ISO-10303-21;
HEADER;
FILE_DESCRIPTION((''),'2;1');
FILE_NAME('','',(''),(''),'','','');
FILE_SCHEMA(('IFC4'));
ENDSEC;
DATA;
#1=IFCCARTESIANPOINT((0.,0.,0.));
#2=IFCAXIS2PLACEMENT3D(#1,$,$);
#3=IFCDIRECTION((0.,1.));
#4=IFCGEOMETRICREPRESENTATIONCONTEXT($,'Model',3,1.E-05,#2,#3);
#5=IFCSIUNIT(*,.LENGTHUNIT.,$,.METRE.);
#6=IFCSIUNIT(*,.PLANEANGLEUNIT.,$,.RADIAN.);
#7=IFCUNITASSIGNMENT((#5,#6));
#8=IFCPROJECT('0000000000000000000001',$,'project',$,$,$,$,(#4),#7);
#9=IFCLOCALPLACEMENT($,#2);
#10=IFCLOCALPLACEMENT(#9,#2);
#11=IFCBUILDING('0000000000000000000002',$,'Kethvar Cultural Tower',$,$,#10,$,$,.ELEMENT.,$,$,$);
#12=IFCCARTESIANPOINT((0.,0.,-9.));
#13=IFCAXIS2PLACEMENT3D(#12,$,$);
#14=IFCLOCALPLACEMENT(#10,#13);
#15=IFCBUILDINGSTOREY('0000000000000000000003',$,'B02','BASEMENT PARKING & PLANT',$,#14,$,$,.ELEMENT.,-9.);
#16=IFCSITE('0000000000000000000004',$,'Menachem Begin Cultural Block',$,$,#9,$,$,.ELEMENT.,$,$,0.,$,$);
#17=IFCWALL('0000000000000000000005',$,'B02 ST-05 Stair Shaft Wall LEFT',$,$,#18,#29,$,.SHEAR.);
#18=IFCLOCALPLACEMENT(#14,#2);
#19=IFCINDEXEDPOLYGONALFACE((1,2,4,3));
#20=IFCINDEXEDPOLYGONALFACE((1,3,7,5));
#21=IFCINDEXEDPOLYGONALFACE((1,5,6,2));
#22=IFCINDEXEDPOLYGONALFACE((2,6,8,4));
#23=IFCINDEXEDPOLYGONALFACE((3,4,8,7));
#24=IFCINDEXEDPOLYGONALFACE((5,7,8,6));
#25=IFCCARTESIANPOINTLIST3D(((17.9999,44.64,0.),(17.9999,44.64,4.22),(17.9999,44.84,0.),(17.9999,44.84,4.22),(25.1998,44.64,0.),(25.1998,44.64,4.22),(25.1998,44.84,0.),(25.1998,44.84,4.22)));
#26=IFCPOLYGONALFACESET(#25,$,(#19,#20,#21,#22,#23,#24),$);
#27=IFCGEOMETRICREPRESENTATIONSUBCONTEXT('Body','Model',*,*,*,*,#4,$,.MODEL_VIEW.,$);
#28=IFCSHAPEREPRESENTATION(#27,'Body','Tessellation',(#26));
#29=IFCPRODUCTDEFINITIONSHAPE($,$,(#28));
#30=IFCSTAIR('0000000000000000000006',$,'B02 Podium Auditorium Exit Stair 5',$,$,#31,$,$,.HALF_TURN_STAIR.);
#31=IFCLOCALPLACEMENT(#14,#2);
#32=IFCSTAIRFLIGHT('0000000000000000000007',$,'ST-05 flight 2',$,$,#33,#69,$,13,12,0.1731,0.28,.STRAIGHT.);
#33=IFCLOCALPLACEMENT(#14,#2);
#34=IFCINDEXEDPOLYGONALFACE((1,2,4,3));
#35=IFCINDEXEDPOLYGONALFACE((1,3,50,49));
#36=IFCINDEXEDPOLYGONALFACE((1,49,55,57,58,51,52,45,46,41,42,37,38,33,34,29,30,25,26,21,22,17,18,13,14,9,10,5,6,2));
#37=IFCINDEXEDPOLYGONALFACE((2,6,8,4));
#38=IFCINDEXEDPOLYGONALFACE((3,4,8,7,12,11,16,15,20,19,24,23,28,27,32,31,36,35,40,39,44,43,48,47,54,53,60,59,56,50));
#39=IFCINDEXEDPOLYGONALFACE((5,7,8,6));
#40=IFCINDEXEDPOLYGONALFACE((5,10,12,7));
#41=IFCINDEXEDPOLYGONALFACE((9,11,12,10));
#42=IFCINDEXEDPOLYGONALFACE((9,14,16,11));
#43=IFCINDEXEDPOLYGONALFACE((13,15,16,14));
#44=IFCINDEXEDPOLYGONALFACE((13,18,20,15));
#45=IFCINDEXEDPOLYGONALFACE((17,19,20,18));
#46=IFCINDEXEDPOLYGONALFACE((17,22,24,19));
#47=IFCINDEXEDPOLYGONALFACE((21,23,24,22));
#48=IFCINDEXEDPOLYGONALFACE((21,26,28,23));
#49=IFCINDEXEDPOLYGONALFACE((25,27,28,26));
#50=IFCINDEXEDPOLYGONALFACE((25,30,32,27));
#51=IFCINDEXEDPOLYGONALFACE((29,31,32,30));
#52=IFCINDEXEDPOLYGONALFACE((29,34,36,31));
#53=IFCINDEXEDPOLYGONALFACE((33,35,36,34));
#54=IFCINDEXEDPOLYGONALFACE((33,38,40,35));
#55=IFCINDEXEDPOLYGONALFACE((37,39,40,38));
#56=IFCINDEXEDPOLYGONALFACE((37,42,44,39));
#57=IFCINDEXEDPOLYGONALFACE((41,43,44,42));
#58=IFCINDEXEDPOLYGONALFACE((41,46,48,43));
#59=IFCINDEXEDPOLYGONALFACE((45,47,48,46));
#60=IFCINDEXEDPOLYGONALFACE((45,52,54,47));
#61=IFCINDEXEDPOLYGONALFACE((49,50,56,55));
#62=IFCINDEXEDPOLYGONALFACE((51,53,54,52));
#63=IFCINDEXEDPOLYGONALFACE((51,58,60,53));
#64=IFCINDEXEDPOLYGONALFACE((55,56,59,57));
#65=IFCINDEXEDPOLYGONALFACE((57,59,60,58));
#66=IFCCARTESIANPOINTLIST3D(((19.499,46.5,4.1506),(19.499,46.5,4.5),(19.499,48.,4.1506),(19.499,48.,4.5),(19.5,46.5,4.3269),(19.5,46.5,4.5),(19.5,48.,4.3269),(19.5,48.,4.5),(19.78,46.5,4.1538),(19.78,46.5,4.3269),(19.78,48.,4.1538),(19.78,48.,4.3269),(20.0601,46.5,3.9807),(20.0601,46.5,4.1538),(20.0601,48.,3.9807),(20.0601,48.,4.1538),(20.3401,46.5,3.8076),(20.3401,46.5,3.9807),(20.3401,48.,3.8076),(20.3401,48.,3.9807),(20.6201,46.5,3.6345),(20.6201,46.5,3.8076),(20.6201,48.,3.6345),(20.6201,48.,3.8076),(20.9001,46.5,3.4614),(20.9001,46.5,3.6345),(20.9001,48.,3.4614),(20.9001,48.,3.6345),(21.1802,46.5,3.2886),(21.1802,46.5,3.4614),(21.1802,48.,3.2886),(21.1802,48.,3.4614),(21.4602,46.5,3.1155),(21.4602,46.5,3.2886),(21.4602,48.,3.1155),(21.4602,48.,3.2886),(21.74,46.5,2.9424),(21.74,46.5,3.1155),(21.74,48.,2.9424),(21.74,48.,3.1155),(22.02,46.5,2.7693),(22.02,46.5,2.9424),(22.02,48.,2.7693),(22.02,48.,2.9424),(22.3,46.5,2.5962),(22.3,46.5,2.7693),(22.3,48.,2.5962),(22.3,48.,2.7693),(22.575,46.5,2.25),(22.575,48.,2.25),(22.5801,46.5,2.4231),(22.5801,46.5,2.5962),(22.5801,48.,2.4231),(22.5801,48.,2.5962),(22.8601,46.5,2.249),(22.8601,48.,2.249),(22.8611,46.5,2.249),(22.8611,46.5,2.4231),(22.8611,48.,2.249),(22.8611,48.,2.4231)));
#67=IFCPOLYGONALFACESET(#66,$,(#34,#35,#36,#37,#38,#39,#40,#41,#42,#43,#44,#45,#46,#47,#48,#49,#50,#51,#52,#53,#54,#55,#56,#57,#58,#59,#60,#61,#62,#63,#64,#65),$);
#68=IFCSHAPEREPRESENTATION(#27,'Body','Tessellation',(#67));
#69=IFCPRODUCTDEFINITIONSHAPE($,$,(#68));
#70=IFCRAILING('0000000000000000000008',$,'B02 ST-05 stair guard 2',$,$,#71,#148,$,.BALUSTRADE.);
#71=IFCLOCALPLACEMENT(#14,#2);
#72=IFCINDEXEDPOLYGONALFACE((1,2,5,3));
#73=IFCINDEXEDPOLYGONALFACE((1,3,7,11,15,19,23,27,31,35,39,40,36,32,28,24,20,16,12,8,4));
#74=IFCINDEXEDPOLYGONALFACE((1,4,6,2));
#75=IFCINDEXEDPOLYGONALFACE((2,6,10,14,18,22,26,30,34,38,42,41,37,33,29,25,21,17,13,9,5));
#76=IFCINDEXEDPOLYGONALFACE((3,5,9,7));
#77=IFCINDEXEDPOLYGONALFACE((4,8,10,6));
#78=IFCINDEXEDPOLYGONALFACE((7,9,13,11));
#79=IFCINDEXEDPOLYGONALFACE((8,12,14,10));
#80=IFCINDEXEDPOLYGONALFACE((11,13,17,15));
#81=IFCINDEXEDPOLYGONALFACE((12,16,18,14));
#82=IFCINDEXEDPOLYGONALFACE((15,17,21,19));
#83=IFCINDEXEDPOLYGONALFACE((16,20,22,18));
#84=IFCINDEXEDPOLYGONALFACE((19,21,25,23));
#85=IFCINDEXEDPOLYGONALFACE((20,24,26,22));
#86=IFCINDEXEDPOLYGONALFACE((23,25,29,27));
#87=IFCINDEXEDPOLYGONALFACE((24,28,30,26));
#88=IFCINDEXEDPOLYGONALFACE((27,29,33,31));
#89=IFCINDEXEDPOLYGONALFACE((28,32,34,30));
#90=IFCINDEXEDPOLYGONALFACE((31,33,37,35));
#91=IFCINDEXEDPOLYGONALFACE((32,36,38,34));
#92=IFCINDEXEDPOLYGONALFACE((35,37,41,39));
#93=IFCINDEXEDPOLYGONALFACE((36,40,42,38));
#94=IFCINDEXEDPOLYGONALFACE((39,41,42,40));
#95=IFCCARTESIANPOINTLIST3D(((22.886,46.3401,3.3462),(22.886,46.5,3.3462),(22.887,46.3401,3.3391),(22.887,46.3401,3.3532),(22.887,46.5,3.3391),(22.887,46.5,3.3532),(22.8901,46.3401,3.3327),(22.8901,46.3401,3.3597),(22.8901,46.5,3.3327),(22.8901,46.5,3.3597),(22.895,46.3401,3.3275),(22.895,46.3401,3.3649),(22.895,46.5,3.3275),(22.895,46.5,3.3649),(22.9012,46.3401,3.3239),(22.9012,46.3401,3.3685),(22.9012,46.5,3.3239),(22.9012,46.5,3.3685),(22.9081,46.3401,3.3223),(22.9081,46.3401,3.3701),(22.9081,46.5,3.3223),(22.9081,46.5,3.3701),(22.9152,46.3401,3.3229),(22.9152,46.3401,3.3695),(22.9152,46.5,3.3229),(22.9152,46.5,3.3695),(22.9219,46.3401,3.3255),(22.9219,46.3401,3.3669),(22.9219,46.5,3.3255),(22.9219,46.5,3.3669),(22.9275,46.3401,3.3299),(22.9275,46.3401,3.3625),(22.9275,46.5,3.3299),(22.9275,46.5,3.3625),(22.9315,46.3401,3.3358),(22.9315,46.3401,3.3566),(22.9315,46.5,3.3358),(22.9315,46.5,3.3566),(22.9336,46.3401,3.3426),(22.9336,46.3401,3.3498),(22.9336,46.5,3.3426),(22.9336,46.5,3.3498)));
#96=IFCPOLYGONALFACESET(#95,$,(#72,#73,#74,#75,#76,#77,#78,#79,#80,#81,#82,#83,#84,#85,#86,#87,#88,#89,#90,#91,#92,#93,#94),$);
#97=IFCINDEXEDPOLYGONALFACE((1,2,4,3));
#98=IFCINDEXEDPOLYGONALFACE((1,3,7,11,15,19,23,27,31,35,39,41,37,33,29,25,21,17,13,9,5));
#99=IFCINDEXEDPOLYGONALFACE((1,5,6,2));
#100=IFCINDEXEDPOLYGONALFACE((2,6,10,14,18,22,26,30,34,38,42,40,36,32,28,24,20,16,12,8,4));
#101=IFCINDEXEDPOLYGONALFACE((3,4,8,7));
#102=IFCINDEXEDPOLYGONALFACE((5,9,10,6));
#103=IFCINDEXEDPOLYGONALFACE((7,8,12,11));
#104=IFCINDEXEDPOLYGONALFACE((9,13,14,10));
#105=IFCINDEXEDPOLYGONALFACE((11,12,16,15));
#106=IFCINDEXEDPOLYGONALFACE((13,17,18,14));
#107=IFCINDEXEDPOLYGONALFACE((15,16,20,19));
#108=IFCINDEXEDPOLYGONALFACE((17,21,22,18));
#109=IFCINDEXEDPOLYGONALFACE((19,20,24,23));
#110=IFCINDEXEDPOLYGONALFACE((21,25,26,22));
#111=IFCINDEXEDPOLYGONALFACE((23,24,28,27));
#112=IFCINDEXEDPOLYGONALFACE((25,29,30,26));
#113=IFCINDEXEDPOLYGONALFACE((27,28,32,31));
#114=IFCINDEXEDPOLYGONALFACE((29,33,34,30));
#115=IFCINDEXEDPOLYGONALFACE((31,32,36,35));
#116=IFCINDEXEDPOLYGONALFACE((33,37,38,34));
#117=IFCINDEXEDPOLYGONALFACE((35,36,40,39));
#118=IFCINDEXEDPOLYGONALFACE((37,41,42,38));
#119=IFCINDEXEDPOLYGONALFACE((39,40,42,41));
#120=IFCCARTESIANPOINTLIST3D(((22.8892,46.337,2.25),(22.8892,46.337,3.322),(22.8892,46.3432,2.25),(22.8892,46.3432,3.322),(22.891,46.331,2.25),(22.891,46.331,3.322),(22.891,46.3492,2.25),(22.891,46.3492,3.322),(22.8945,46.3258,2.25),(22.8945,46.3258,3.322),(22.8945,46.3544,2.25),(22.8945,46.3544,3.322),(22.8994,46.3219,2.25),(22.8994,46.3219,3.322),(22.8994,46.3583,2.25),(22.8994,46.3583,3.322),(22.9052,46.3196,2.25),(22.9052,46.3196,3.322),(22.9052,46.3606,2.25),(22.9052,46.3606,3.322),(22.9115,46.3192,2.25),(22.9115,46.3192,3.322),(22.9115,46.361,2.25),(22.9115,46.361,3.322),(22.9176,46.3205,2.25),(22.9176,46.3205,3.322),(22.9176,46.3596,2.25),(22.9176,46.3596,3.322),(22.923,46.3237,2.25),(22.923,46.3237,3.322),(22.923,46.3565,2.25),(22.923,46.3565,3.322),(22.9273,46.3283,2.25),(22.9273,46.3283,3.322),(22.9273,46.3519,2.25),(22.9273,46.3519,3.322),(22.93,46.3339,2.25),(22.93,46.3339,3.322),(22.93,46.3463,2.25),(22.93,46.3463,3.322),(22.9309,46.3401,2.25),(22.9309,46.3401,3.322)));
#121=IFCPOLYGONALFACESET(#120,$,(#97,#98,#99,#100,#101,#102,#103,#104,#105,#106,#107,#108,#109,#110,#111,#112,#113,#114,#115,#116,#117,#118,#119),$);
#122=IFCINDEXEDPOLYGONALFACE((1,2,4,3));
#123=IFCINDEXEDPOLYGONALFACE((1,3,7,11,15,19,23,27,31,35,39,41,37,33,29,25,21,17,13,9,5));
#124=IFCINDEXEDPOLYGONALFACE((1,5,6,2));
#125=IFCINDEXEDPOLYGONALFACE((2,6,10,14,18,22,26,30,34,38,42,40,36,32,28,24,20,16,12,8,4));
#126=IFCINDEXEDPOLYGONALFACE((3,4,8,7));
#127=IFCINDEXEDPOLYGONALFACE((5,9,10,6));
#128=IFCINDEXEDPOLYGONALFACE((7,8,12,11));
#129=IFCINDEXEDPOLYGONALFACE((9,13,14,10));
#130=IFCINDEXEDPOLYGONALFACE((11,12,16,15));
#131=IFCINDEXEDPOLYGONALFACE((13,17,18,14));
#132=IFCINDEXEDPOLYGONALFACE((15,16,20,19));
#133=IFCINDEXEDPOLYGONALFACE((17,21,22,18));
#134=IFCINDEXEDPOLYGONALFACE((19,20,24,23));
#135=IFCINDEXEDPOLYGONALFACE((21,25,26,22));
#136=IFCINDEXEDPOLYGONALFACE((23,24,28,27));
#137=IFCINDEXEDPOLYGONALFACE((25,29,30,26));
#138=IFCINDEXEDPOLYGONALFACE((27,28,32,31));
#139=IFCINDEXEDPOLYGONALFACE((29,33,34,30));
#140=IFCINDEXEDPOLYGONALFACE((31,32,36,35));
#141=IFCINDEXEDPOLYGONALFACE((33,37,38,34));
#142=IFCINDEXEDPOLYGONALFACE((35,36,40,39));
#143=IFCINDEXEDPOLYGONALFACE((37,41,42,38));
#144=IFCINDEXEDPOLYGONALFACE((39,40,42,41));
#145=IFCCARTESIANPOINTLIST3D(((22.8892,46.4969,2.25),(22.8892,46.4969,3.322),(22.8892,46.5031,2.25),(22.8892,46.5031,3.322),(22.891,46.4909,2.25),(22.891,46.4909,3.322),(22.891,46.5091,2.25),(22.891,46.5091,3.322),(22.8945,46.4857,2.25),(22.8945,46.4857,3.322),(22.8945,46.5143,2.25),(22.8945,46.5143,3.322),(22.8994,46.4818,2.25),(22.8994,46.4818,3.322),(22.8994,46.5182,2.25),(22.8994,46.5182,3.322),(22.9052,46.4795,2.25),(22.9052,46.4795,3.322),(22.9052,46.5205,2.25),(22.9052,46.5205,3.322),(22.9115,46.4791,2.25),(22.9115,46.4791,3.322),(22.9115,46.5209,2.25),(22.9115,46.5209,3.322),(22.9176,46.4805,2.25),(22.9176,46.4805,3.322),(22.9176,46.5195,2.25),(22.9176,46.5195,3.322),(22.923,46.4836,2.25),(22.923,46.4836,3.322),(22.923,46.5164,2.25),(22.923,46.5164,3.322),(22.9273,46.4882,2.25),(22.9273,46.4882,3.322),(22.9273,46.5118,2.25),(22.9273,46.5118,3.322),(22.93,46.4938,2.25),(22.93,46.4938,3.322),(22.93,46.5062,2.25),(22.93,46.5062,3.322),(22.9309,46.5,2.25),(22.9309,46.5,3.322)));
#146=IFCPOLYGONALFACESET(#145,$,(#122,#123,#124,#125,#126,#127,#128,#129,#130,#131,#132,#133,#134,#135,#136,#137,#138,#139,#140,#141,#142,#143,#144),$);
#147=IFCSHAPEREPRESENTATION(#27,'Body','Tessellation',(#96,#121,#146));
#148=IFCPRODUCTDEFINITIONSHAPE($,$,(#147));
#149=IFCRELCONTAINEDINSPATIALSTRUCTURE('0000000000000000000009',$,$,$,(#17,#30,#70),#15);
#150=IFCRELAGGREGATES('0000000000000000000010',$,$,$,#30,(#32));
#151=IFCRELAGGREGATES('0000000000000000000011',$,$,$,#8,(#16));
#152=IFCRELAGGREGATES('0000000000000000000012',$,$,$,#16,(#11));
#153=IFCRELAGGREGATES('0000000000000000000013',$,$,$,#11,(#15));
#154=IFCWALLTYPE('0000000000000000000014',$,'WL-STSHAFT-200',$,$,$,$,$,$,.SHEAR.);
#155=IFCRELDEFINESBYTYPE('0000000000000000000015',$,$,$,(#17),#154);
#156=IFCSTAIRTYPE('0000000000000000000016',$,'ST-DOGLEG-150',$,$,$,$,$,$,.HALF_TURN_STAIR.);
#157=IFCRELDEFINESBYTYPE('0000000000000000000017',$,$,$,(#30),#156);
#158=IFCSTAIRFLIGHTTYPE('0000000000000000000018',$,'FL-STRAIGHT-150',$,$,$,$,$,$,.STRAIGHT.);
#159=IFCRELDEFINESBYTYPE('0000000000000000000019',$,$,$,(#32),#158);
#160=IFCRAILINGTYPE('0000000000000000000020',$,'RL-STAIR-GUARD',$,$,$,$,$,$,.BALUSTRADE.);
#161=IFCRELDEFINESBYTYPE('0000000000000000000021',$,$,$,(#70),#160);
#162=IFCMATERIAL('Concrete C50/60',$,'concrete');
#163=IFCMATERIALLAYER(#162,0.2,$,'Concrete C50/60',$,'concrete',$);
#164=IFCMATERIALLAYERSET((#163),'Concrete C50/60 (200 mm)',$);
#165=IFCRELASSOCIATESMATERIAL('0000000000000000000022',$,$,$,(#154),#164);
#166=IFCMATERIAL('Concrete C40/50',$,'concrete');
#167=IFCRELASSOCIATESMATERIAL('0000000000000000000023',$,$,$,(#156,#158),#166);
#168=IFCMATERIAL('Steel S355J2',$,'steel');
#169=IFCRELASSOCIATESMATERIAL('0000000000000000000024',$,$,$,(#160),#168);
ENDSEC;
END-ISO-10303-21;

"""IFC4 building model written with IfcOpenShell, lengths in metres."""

from ifc_helpers import new_model, si_unit, direction, frame, frame_2d, origin, origin_2d, place, context, subcontext, project, spatial, polyline, rectangle, circle, outline, extrude, material, layer, layer_set, type_object, element, aggregate, save


model = new_model("IFC4")

# Units and contexts
model_context = context("Model", 3, precision=1e-05, world=origin(), true_north=direction((0.0, 1.0)))
body_context = subcontext(model_context, "Body", "Model", "MODEL_VIEW")
ifc_project = project(units=[si_unit("LENGTHUNIT", "METRE"), si_unit("PLANEANGLEUNIT", "RADIAN")], contexts=[model_context])

# Site, building, storey
site_placement = place(None, origin())
site = spatial("IfcSite", under=ifc_project, at=site_placement, Name="Menachem Begin Cultural Block", CompositionType="ELEMENT", RefElevation=0.0)
building_placement = place(site_placement, origin())
building = spatial("IfcBuilding", under=site, at=building_placement, Name="Kethvar Cultural Tower", CompositionType="ELEMENT")
storey_placement = place(building_placement, frame((0.0, 0.0, -9.0)))
storey = spatial("IfcBuildingStorey", under=building, at=storey_placement, Name="B02", Description="BASEMENT PARKING & PLANT", CompositionType="ELEMENT", Elevation=-9.0)

# Shared definitions
ifc_material_1 = material(Name="Steel S355J2", Category="steel")

# Wall
ifc_material_2 = material(Name="Concrete C40/50", Category="concrete")
ifc_material_3 = material(Name="Concrete C50/60", Category="concrete")
ifc_layer_1 = layer(ifc_material_3, 0.2, Name="Concrete C50/60", Category="concrete")
ifc_layer_set_1 = layer_set([ifc_layer_1], Name="Concrete C50/60 (200 mm)")
wall_type_1 = type_object("IfcWallType", Name="WL-STSHAFT-200", PredefinedType="SHEAR", material=ifc_layer_set_1)
wall_1_placement = place(storey_placement, frame((25.2, 44.74, 0.0), z_axis=(0.0, 0.0, 1.0), x_axis=(-1.0, 0.0, 0.0)))
element("IfcWall", 1, at=wall_1_placement, inside=storey, type_object=wall_type_1, Name="B02 ST-05 Stair Shaft Wall LEFT", PredefinedType="SHEAR", context=body_context, shape_type="SweptSolid", body=[
    extrude(rectangle(XDim=7.2, YDim=0.2, at=frame_2d((3.6001, 0.0))), origin(), (0.0, 0.0, 1.0), 4.22),
])

# Stair, stair flight
stair_type = type_object("IfcStairType", Name="ST-DOGLEG-150", PredefinedType="HALF_TURN_STAIR", material=ifc_material_2)
stair_placement = place(storey_placement, origin())
stair = element("IfcStair", 2, at=stair_placement, inside=storey, type_object=stair_type, Name="B02 Podium Auditorium Exit Stair 5", PredefinedType="HALF_TURN_STAIR")
stair_flight_type = type_object("IfcStairFlightType", Name="FL-STRAIGHT-150", PredefinedType="STRAIGHT", material=ifc_material_2)
stair_flight_placement = place(storey_placement, frame((22.8601, 47.25, 2.25), z_axis=(0.0, 0.0, 1.0), x_axis=(-1.0, 0.0, 0.0)))
stair_flight = element("IfcStairFlight", 3, at=stair_flight_placement, type_object=stair_flight_type, Name="ST-05 flight 2", NumberOfRisers=13, NumberOfTreads=12, PredefinedType="STRAIGHT", RiserHeight=0.1731, TreadLength=0.28, context=body_context, shape_type="SweptSolid", body=[
    extrude(outline(polyline([(-0.001, -0.001), (-0.001, 0.1731), (0.28, 0.1731), (0.28, 0.3462), (0.5601, 0.3462), (0.5601, 0.5193), (0.8401, 0.5193), (0.8401, 0.6924), (1.1201, 0.6924), (1.1201, 0.8655), (1.3999, 0.8655), (1.3999, 1.0386), (1.6799, 1.0386), (1.6799, 1.2114), (1.96, 1.2114), (1.96, 1.3845), (2.24, 1.3845), (2.24, 1.5576), (2.52, 1.5576), (2.52, 1.7307), (2.8, 1.7307), (2.8, 1.9038), (3.0801, 1.9038), (3.0801, 2.0769), (3.3601, 2.0769), (3.3601, 2.25), (3.3611, 2.25), (3.3611, 1.9006), (0.2852, 0.0), (0.0, -0.001), (-0.001, -0.001)])), frame((0.0, 0.75, 0.0), z_axis=(0.0, -1.0, 0.0), x_axis=(1.0, 0.0, 0.0)), (0.0, 0.0, 1.0), 1.5),
])
aggregate(stair, [stair_flight])

# Railing
railing_type_1 = type_object("IfcRailingType", Name="RL-STAIR-GUARD", PredefinedType="BALUSTRADE", material=ifc_material_1)
railing_1_placement = place(storey_placement, frame((22.9099, 46.3401, 2.25)))
element("IfcRailing", 4, at=railing_1_placement, inside=storey, type_object=railing_type_1, Name="B02 ST-05 stair guard 2", PredefinedType="BALUSTRADE", context=body_context, shape_type="SweptSolid", body=[
    extrude(circle(Radius=0.0239, at=origin_2d()), frame((0.0, 0.0, 1.0962), z_axis=(0.0, 1.0, 0.0), x_axis=(-1.0, 0.0, 0.0)), (0.0, 0.0, 1.0), 0.1599),
    extrude(circle(Radius=0.021, at=origin_2d()), origin(), (0.0, 0.0, 1.0), 1.072),
    extrude(circle(Radius=0.021, at=origin_2d()), frame((0.0, 0.1599, 0.0)), (0.0, 0.0, 1.0), 1.072),
])

save(model, "model.ifc")
